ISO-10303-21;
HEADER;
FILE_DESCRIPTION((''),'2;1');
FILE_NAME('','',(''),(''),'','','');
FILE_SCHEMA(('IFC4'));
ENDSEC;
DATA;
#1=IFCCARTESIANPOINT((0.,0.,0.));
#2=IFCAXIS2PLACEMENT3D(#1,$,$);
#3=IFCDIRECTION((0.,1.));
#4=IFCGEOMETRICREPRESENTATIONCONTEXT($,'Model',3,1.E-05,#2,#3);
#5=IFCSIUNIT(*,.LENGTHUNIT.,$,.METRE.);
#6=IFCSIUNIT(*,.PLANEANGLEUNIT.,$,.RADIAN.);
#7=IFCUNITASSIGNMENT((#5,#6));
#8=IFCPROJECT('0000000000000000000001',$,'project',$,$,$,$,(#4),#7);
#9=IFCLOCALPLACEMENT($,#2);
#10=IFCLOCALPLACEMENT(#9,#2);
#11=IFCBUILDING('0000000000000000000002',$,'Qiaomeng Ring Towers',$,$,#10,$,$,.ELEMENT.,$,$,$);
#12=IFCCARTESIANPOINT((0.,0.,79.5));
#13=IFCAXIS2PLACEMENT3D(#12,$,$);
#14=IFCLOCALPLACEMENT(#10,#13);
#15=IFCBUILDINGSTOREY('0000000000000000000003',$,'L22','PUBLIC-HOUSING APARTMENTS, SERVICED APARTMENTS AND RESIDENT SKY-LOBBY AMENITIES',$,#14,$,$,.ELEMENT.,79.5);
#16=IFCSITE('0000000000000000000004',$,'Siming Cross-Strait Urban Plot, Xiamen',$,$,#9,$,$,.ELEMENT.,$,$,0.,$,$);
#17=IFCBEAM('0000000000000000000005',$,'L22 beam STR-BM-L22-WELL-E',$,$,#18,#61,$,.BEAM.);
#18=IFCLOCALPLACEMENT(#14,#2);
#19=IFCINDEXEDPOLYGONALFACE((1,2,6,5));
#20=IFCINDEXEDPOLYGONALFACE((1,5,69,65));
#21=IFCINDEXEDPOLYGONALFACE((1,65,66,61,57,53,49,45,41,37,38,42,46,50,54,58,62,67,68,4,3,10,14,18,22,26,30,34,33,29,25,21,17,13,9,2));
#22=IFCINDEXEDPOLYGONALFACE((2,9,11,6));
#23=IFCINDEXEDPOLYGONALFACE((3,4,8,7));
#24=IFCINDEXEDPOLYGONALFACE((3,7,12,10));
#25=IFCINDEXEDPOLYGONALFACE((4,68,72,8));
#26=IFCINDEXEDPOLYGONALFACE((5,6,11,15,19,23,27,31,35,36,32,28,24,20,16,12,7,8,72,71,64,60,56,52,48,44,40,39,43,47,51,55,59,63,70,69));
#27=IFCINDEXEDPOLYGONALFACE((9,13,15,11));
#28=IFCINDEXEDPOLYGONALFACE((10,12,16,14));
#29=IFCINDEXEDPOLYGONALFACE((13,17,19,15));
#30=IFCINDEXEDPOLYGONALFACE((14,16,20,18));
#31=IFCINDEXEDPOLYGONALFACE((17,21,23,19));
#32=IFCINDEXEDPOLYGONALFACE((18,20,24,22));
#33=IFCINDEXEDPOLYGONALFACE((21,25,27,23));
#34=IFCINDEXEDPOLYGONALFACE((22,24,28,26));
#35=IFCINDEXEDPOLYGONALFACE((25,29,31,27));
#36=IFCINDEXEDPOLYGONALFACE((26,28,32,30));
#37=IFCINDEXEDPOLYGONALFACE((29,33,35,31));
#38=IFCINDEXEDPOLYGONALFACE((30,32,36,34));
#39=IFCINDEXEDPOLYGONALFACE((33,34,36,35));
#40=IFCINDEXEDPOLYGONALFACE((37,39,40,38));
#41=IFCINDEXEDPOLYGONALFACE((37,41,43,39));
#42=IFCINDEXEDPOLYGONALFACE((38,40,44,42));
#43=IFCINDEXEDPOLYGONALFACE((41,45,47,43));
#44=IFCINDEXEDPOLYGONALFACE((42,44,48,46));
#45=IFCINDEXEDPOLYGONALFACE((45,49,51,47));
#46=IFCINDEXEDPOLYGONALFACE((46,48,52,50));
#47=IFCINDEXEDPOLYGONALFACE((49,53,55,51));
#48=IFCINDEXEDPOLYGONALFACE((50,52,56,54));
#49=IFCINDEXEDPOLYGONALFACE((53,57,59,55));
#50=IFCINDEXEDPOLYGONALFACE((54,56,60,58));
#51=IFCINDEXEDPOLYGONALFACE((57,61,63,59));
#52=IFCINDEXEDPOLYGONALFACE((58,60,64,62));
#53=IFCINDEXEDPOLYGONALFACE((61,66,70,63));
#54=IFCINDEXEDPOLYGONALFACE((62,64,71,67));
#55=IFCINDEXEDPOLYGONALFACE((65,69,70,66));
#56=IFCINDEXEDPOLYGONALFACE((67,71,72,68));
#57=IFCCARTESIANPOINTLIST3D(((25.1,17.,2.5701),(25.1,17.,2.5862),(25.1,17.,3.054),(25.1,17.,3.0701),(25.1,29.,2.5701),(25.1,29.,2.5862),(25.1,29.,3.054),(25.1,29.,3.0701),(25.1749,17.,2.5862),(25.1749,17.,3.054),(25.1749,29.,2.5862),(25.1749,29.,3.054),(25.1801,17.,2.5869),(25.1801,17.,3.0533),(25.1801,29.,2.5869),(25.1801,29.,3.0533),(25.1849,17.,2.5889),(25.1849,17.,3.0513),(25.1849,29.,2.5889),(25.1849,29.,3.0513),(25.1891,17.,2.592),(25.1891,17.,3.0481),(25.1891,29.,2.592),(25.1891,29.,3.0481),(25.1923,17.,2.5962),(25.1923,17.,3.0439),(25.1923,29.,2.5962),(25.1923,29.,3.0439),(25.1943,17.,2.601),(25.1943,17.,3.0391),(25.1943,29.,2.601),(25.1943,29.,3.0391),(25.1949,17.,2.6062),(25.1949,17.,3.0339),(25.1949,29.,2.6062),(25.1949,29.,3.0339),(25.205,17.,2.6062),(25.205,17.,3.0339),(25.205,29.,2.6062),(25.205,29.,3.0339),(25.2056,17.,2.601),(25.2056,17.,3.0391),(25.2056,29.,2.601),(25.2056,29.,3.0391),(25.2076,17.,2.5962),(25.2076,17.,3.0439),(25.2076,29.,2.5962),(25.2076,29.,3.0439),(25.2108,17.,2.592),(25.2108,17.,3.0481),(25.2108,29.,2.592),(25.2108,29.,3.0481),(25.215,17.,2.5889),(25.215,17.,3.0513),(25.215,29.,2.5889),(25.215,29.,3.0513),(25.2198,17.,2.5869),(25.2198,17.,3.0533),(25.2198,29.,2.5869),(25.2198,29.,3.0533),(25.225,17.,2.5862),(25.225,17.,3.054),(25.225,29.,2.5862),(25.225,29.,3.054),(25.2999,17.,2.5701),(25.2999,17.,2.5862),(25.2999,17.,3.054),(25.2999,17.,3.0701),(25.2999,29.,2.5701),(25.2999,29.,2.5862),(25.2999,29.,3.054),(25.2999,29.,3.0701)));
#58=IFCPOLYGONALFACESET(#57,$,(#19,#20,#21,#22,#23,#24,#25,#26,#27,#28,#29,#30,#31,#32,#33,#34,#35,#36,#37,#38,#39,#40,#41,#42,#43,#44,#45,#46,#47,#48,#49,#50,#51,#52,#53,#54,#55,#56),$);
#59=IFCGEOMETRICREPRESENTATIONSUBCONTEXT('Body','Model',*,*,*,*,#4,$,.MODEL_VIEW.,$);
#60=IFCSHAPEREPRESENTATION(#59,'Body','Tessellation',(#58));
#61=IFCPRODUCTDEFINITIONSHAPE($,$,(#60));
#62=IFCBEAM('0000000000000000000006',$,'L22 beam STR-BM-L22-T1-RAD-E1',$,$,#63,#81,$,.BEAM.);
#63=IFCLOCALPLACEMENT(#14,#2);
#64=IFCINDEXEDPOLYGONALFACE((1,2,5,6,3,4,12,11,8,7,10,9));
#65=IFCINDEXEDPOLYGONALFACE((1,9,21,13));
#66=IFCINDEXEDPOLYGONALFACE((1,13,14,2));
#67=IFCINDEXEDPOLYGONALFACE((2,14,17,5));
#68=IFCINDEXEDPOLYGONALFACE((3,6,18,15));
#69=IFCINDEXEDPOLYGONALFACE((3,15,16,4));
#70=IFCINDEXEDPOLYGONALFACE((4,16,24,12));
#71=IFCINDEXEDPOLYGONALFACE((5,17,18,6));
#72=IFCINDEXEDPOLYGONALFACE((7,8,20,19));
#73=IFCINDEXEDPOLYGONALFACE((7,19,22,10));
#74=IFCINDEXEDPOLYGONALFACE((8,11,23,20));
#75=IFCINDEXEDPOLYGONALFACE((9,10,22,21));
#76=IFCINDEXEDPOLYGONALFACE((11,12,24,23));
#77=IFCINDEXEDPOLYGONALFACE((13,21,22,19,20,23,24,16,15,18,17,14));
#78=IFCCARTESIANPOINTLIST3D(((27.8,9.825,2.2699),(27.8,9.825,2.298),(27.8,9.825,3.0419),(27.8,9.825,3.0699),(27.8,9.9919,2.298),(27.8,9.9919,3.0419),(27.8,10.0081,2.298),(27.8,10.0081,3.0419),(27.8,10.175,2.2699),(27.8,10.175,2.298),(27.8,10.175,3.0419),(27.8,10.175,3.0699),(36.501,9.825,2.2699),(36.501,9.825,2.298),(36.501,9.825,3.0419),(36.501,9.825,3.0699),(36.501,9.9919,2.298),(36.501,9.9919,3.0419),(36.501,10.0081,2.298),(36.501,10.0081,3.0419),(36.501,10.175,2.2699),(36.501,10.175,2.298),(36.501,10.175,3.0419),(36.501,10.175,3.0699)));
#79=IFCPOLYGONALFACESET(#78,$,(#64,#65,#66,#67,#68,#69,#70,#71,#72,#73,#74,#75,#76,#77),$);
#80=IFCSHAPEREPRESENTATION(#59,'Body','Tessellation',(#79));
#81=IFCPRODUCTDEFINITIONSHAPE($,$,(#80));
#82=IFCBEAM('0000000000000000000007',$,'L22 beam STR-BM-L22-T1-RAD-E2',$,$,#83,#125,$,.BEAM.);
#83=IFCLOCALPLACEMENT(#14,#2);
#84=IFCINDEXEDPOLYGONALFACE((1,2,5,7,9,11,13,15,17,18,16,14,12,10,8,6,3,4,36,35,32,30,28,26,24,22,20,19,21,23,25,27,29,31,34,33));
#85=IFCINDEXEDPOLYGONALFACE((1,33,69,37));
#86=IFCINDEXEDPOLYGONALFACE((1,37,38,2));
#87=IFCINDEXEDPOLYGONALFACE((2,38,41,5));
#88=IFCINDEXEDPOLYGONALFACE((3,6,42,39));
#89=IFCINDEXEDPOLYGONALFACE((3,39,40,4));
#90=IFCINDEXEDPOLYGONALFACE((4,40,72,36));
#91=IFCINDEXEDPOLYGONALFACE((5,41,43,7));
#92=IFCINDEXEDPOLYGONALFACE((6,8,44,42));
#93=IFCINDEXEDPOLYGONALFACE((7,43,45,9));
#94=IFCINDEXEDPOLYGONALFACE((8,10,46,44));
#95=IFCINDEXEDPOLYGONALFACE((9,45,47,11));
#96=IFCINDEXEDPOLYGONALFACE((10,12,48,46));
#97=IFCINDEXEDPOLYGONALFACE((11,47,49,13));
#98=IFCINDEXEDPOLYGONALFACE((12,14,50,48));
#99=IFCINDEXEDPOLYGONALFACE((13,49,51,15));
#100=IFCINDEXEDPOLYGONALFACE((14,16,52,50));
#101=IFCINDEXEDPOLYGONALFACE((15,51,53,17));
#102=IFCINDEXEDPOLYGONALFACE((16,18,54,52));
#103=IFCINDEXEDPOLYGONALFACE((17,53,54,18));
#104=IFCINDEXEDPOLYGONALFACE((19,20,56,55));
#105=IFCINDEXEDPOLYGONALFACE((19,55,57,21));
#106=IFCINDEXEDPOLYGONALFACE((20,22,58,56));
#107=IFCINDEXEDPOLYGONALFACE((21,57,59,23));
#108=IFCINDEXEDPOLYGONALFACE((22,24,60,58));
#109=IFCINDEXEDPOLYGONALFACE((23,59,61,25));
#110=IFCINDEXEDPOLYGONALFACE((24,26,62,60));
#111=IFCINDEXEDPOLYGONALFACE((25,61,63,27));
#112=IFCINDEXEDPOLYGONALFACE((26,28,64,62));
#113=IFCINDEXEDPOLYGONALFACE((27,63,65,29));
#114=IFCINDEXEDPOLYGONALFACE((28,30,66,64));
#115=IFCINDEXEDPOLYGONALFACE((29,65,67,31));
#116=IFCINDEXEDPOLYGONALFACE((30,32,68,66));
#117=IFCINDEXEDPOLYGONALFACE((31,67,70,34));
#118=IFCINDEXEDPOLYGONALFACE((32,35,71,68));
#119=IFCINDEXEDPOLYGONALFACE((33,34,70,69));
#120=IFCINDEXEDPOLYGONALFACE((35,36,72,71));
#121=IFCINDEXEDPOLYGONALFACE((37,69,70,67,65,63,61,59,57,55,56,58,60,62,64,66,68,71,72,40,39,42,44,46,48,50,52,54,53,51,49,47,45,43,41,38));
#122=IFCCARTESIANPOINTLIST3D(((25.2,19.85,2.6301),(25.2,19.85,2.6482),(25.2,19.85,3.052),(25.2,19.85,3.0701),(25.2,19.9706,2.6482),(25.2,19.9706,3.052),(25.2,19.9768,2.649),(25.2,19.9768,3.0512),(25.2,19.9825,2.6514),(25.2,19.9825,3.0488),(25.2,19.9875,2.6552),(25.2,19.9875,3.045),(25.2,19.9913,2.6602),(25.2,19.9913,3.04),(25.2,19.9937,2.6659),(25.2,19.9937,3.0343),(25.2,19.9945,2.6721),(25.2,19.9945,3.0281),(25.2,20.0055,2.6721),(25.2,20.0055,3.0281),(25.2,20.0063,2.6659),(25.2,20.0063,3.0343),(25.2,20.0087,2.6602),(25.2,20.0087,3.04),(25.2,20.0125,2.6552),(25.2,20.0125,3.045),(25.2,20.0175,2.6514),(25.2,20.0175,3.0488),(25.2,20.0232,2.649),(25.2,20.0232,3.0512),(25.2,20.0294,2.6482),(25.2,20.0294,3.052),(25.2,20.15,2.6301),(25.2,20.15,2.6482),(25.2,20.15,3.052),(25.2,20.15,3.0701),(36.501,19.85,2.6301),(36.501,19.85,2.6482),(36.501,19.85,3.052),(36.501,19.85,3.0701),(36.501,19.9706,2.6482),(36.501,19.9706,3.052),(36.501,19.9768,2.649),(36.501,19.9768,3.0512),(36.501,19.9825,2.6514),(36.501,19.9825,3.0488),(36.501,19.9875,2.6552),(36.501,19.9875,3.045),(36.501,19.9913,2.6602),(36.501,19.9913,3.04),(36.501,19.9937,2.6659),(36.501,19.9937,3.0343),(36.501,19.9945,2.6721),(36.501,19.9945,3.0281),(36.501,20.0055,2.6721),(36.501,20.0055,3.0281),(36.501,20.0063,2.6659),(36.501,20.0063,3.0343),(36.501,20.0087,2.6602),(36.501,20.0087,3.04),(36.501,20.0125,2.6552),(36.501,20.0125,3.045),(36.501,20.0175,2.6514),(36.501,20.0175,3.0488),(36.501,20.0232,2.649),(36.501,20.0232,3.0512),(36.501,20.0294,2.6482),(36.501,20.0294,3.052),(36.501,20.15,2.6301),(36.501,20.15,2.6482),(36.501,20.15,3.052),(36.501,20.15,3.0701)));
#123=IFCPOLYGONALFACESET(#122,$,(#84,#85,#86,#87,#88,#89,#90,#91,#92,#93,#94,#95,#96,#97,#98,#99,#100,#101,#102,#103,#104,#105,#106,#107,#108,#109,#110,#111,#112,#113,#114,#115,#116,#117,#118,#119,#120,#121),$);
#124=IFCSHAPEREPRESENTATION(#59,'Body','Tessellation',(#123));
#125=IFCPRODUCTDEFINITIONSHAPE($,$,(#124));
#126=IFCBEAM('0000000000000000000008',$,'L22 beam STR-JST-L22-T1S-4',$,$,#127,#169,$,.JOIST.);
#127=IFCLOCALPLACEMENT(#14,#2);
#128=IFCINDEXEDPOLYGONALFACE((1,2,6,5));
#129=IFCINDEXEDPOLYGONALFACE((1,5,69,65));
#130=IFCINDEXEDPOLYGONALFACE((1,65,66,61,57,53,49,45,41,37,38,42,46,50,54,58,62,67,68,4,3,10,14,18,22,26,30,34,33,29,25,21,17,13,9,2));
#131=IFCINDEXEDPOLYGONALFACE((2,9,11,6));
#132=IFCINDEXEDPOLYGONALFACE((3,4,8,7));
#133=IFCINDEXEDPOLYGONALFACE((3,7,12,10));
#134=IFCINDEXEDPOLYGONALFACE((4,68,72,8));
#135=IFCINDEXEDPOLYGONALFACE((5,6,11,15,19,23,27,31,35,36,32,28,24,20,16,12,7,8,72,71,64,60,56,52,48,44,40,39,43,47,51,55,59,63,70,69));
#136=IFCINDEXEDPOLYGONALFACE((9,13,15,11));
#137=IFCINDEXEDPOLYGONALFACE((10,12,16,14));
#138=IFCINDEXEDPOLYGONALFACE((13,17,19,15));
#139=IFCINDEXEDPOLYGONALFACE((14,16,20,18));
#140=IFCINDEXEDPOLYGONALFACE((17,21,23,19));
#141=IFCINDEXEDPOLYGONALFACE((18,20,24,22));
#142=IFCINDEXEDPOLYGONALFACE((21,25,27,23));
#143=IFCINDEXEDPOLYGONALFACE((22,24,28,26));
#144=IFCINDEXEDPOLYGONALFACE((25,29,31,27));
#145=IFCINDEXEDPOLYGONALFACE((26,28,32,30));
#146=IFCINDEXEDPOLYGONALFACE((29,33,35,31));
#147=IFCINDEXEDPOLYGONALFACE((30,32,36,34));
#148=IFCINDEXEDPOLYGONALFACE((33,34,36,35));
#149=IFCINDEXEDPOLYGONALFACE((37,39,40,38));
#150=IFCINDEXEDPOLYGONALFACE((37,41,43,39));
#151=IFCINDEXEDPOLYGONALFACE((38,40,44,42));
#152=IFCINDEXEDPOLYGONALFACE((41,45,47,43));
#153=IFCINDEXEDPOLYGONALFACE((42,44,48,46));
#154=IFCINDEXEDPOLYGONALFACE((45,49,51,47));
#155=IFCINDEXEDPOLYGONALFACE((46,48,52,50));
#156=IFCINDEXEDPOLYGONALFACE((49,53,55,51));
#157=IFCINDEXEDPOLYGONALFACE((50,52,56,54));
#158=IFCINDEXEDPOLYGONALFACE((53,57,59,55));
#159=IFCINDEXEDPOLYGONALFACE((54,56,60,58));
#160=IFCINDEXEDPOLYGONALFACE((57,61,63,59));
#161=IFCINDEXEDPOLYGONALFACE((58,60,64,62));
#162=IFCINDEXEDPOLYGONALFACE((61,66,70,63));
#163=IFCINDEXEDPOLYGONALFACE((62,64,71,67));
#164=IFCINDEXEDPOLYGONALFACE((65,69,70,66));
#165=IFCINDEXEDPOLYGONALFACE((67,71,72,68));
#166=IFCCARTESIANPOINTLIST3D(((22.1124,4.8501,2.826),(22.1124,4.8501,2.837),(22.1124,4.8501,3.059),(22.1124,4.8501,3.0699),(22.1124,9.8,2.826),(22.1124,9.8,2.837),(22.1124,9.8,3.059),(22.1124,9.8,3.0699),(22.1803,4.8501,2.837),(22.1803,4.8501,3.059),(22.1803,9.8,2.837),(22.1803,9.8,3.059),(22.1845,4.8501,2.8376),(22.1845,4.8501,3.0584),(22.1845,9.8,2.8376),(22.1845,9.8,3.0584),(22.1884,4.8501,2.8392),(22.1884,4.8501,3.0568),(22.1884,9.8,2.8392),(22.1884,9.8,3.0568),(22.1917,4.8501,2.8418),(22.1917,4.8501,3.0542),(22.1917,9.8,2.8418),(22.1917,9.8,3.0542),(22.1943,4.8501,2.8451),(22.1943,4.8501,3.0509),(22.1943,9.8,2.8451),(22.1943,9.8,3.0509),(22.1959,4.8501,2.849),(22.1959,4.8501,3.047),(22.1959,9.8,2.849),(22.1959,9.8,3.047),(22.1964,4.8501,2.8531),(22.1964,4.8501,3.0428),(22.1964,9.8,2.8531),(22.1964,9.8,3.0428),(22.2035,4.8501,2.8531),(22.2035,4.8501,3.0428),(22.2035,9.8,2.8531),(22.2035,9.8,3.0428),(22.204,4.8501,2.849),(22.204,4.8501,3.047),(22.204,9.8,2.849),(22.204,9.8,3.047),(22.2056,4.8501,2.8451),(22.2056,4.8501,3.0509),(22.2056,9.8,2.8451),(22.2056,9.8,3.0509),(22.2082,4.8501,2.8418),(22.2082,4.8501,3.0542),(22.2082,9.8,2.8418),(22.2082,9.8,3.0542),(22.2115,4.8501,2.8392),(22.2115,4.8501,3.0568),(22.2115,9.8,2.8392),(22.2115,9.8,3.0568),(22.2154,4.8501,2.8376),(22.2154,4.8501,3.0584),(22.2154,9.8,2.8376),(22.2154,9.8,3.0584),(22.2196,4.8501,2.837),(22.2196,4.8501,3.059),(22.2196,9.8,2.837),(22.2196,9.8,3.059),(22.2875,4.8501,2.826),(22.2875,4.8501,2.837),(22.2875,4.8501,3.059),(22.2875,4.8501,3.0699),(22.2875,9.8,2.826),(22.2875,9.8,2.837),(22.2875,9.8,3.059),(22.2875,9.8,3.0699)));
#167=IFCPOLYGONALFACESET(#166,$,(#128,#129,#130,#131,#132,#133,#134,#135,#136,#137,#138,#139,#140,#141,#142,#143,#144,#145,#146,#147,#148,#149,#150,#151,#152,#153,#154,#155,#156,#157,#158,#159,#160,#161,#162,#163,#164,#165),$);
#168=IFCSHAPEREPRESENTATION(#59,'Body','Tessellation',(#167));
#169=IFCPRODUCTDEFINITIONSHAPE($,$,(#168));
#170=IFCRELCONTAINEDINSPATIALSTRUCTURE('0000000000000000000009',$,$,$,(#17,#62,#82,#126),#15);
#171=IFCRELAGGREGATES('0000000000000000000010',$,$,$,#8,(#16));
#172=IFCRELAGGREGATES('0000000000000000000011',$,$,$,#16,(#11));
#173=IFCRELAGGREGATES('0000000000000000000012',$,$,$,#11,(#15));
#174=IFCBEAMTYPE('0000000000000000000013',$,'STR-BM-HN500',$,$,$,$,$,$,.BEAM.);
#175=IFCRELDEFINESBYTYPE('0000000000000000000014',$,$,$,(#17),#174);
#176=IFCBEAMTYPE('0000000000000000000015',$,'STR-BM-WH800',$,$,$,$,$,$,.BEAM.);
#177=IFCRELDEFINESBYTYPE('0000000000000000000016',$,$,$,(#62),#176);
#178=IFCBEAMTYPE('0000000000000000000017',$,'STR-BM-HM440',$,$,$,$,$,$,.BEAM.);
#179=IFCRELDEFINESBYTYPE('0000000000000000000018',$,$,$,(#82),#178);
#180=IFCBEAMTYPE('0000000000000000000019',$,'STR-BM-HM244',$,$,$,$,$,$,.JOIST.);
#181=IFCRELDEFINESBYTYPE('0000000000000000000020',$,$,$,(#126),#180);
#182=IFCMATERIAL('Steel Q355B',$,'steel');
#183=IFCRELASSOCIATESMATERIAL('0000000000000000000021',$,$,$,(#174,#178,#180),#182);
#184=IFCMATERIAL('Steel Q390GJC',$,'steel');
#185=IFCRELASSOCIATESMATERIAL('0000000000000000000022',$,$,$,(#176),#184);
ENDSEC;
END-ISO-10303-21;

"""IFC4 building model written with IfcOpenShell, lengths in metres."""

from ifc_helpers import new_model, si_unit, direction, frame, origin, origin_2d, place, context, subcontext, project, spatial, i_section, extrude, source, transform, mapped, material, material_profile, profile_set, type_object, element, save


model = new_model("IFC4")

# Units and contexts
model_context = context("Model", 3, precision=1e-05, world=origin(), true_north=direction((0.0, 1.0)))
body_context = subcontext(model_context, "Body", "Model", "MODEL_VIEW")
ifc_project = project(units=[si_unit("LENGTHUNIT", "METRE"), si_unit("PLANEANGLEUNIT", "RADIAN")], contexts=[model_context])

# Site, building, storey
site_placement = place(None, origin())
site = spatial("IfcSite", under=ifc_project, at=site_placement, Name="Siming Cross-Strait Urban Plot, Xiamen", CompositionType="ELEMENT", RefElevation=0.0)
building_placement = place(site_placement, origin())
building = spatial("IfcBuilding", under=site, at=building_placement, Name="Qiaomeng Ring Towers", CompositionType="ELEMENT")
storey_placement = place(building_placement, frame((0.0, 0.0, 79.5)))
storey = spatial("IfcBuildingStorey", under=building, at=storey_placement, Name="L22", Description="PUBLIC-HOUSING APARTMENTS, SERVICED APARTMENTS AND RESIDENT SKY-LOBBY AMENITIES", CompositionType="ELEMENT", Elevation=79.5)

# Beams
ifc_material_1 = material(Name="Steel Q355B", Category="steel")
ifc_material_profile_1 = material_profile(ifc_material_1, i_section(OverallWidth=0.2, OverallDepth=0.5, WebThickness=0.01, FlangeThickness=0.0161, FilletRadius=0.02, at=origin_2d()), Name="HN 500x200x10x16")
ifc_profile_set_1 = profile_set([ifc_material_profile_1], Name="Steel Q355B")
beam_type_1 = type_object("IfcBeamType", Name="STR-BM-HN500", PredefinedType="BEAM", material=ifc_profile_set_1)
shared_shape_1 = source(origin(), body_context, "Body", "SweptSolid", [
    extrude(i_section(OverallWidth=0.2, OverallDepth=0.5, WebThickness=0.01, FlangeThickness=0.0161, FilletRadius=0.02, at=origin_2d()), origin(), (0.0, 0.0, 1.0), 12.0),
])
beam_1_placement = place(storey_placement, frame((25.2, 17.0, 2.8201), z_axis=(0.0, 1.0, 0.0), x_axis=(-1.0, 0.0, 0.0)))
element("IfcBeam", 1, at=beam_1_placement, inside=storey, type_object=beam_type_1, Name="L22 beam STR-BM-L22-WELL-E", PredefinedType="BEAM", context=body_context, shape_type="MappedRepresentation", body=[
    mapped(shared_shape_1, transform((0.0, 0.0, 0.0), x_axis=(1.0, 0.0, 0.0), y_axis=(0.0, 1.0, 0.0), z_axis=(0.0, 0.0, 1.0), scale=1.0)),
])
ifc_material_2 = material(Name="Steel Q390GJC", Category="steel")
ifc_material_profile_2 = material_profile(ifc_material_2, i_section(OverallWidth=0.3501, OverallDepth=0.8, WebThickness=0.0161, FlangeThickness=0.0281, at=origin_2d()), Name="WH 800x350x16x28")
ifc_profile_set_2 = profile_set([ifc_material_profile_2], Name="Steel Q390GJC")
beam_type_2 = type_object("IfcBeamType", Name="STR-BM-WH800", PredefinedType="BEAM", material=ifc_profile_set_2)
shared_shape_2 = source(origin(), body_context, "Body", "SweptSolid", [
    extrude(i_section(OverallWidth=0.3501, OverallDepth=0.8, WebThickness=0.0161, FlangeThickness=0.0281, at=origin_2d()), origin(), (0.0, 0.0, 1.0), 8.7009),
])
beam_2_placement = place(storey_placement, frame((27.8, 10.0, 2.6699), z_axis=(1.0, 0.0, 0.0), x_axis=(0.0, 1.0, 0.0)))
element("IfcBeam", 2, at=beam_2_placement, inside=storey, type_object=beam_type_2, Name="L22 beam STR-BM-L22-T1-RAD-E1", PredefinedType="BEAM", context=body_context, shape_type="MappedRepresentation", body=[
    mapped(shared_shape_2, transform((0.0, 0.0, 0.0), x_axis=(1.0, 0.0, 0.0), y_axis=(0.0, 1.0, 0.0), z_axis=(0.0, 0.0, 1.0), scale=1.0)),
])
ifc_material_profile_3 = material_profile(ifc_material_1, i_section(OverallWidth=0.3, OverallDepth=0.4399, WebThickness=0.011, FlangeThickness=0.0181, FilletRadius=0.0239, at=origin_2d()), Name="HM 440x300x11x18")
ifc_profile_set_3 = profile_set([ifc_material_profile_3], Name="Steel Q355B")
beam_type_3 = type_object("IfcBeamType", Name="STR-BM-HM440", PredefinedType="BEAM", material=ifc_profile_set_3)
shared_shape_3 = source(origin(), body_context, "Body", "SweptSolid", [
    extrude(i_section(OverallWidth=0.3, OverallDepth=0.4399, WebThickness=0.011, FlangeThickness=0.0181, FilletRadius=0.0239, at=origin_2d()), origin(), (0.0, 0.0, 1.0), 11.301),
])
beam_3_placement = place(storey_placement, frame((25.2, 20.0, 2.8501), z_axis=(1.0, 0.0, 0.0), x_axis=(0.0, 1.0, 0.0)))
element("IfcBeam", 3, at=beam_3_placement, inside=storey, type_object=beam_type_3, Name="L22 beam STR-BM-L22-T1-RAD-E2", PredefinedType="BEAM", context=body_context, shape_type="MappedRepresentation", body=[
    mapped(shared_shape_3, transform((0.0, 0.0, 0.0), x_axis=(1.0, 0.0, 0.0), y_axis=(0.0, 1.0, 0.0), z_axis=(0.0, 0.0, 1.0), scale=1.0)),
])
ifc_material_profile_4 = material_profile(ifc_material_1, i_section(OverallWidth=0.175, OverallDepth=0.2439, WebThickness=0.0071, FlangeThickness=0.011, FilletRadius=0.0161, at=origin_2d()), Name="HM 244x175x7x11")
ifc_profile_set_4 = profile_set([ifc_material_profile_4], Name="Steel Q355B")
beam_type_4 = type_object("IfcBeamType", Name="STR-BM-HM244", PredefinedType="JOIST", material=ifc_profile_set_4)
shared_shape_4 = source(origin(), body_context, "Body", "SweptSolid", [
    extrude(i_section(OverallWidth=0.175, OverallDepth=0.2439, WebThickness=0.0071, FlangeThickness=0.011, FilletRadius=0.0161, at=origin_2d()), origin(), (0.0, 0.0, 1.0), 4.95),
])
for number, where, z_axis, x_axis, name in (
    (4, (22.2, 4.8501, 2.948), (0.0, 1.0, 0.0), (-1.0, 0.0, 0.0), "L22 beam STR-JST-L22-T1S-4"),
):
    element("IfcBeam", number, at=place(storey_placement, frame(where, z_axis=z_axis, x_axis=x_axis)), inside=storey, type_object=beam_type_4, Name=name, PredefinedType="JOIST", context=body_context, shape_type="MappedRepresentation", body=[
        mapped(shared_shape_4, transform((0.0, 0.0, 0.0), x_axis=(1.0, 0.0, 0.0), y_axis=(0.0, 1.0, 0.0), z_axis=(0.0, 0.0, 1.0), scale=1.0)),
    ])

save(model, "model.ifc")
